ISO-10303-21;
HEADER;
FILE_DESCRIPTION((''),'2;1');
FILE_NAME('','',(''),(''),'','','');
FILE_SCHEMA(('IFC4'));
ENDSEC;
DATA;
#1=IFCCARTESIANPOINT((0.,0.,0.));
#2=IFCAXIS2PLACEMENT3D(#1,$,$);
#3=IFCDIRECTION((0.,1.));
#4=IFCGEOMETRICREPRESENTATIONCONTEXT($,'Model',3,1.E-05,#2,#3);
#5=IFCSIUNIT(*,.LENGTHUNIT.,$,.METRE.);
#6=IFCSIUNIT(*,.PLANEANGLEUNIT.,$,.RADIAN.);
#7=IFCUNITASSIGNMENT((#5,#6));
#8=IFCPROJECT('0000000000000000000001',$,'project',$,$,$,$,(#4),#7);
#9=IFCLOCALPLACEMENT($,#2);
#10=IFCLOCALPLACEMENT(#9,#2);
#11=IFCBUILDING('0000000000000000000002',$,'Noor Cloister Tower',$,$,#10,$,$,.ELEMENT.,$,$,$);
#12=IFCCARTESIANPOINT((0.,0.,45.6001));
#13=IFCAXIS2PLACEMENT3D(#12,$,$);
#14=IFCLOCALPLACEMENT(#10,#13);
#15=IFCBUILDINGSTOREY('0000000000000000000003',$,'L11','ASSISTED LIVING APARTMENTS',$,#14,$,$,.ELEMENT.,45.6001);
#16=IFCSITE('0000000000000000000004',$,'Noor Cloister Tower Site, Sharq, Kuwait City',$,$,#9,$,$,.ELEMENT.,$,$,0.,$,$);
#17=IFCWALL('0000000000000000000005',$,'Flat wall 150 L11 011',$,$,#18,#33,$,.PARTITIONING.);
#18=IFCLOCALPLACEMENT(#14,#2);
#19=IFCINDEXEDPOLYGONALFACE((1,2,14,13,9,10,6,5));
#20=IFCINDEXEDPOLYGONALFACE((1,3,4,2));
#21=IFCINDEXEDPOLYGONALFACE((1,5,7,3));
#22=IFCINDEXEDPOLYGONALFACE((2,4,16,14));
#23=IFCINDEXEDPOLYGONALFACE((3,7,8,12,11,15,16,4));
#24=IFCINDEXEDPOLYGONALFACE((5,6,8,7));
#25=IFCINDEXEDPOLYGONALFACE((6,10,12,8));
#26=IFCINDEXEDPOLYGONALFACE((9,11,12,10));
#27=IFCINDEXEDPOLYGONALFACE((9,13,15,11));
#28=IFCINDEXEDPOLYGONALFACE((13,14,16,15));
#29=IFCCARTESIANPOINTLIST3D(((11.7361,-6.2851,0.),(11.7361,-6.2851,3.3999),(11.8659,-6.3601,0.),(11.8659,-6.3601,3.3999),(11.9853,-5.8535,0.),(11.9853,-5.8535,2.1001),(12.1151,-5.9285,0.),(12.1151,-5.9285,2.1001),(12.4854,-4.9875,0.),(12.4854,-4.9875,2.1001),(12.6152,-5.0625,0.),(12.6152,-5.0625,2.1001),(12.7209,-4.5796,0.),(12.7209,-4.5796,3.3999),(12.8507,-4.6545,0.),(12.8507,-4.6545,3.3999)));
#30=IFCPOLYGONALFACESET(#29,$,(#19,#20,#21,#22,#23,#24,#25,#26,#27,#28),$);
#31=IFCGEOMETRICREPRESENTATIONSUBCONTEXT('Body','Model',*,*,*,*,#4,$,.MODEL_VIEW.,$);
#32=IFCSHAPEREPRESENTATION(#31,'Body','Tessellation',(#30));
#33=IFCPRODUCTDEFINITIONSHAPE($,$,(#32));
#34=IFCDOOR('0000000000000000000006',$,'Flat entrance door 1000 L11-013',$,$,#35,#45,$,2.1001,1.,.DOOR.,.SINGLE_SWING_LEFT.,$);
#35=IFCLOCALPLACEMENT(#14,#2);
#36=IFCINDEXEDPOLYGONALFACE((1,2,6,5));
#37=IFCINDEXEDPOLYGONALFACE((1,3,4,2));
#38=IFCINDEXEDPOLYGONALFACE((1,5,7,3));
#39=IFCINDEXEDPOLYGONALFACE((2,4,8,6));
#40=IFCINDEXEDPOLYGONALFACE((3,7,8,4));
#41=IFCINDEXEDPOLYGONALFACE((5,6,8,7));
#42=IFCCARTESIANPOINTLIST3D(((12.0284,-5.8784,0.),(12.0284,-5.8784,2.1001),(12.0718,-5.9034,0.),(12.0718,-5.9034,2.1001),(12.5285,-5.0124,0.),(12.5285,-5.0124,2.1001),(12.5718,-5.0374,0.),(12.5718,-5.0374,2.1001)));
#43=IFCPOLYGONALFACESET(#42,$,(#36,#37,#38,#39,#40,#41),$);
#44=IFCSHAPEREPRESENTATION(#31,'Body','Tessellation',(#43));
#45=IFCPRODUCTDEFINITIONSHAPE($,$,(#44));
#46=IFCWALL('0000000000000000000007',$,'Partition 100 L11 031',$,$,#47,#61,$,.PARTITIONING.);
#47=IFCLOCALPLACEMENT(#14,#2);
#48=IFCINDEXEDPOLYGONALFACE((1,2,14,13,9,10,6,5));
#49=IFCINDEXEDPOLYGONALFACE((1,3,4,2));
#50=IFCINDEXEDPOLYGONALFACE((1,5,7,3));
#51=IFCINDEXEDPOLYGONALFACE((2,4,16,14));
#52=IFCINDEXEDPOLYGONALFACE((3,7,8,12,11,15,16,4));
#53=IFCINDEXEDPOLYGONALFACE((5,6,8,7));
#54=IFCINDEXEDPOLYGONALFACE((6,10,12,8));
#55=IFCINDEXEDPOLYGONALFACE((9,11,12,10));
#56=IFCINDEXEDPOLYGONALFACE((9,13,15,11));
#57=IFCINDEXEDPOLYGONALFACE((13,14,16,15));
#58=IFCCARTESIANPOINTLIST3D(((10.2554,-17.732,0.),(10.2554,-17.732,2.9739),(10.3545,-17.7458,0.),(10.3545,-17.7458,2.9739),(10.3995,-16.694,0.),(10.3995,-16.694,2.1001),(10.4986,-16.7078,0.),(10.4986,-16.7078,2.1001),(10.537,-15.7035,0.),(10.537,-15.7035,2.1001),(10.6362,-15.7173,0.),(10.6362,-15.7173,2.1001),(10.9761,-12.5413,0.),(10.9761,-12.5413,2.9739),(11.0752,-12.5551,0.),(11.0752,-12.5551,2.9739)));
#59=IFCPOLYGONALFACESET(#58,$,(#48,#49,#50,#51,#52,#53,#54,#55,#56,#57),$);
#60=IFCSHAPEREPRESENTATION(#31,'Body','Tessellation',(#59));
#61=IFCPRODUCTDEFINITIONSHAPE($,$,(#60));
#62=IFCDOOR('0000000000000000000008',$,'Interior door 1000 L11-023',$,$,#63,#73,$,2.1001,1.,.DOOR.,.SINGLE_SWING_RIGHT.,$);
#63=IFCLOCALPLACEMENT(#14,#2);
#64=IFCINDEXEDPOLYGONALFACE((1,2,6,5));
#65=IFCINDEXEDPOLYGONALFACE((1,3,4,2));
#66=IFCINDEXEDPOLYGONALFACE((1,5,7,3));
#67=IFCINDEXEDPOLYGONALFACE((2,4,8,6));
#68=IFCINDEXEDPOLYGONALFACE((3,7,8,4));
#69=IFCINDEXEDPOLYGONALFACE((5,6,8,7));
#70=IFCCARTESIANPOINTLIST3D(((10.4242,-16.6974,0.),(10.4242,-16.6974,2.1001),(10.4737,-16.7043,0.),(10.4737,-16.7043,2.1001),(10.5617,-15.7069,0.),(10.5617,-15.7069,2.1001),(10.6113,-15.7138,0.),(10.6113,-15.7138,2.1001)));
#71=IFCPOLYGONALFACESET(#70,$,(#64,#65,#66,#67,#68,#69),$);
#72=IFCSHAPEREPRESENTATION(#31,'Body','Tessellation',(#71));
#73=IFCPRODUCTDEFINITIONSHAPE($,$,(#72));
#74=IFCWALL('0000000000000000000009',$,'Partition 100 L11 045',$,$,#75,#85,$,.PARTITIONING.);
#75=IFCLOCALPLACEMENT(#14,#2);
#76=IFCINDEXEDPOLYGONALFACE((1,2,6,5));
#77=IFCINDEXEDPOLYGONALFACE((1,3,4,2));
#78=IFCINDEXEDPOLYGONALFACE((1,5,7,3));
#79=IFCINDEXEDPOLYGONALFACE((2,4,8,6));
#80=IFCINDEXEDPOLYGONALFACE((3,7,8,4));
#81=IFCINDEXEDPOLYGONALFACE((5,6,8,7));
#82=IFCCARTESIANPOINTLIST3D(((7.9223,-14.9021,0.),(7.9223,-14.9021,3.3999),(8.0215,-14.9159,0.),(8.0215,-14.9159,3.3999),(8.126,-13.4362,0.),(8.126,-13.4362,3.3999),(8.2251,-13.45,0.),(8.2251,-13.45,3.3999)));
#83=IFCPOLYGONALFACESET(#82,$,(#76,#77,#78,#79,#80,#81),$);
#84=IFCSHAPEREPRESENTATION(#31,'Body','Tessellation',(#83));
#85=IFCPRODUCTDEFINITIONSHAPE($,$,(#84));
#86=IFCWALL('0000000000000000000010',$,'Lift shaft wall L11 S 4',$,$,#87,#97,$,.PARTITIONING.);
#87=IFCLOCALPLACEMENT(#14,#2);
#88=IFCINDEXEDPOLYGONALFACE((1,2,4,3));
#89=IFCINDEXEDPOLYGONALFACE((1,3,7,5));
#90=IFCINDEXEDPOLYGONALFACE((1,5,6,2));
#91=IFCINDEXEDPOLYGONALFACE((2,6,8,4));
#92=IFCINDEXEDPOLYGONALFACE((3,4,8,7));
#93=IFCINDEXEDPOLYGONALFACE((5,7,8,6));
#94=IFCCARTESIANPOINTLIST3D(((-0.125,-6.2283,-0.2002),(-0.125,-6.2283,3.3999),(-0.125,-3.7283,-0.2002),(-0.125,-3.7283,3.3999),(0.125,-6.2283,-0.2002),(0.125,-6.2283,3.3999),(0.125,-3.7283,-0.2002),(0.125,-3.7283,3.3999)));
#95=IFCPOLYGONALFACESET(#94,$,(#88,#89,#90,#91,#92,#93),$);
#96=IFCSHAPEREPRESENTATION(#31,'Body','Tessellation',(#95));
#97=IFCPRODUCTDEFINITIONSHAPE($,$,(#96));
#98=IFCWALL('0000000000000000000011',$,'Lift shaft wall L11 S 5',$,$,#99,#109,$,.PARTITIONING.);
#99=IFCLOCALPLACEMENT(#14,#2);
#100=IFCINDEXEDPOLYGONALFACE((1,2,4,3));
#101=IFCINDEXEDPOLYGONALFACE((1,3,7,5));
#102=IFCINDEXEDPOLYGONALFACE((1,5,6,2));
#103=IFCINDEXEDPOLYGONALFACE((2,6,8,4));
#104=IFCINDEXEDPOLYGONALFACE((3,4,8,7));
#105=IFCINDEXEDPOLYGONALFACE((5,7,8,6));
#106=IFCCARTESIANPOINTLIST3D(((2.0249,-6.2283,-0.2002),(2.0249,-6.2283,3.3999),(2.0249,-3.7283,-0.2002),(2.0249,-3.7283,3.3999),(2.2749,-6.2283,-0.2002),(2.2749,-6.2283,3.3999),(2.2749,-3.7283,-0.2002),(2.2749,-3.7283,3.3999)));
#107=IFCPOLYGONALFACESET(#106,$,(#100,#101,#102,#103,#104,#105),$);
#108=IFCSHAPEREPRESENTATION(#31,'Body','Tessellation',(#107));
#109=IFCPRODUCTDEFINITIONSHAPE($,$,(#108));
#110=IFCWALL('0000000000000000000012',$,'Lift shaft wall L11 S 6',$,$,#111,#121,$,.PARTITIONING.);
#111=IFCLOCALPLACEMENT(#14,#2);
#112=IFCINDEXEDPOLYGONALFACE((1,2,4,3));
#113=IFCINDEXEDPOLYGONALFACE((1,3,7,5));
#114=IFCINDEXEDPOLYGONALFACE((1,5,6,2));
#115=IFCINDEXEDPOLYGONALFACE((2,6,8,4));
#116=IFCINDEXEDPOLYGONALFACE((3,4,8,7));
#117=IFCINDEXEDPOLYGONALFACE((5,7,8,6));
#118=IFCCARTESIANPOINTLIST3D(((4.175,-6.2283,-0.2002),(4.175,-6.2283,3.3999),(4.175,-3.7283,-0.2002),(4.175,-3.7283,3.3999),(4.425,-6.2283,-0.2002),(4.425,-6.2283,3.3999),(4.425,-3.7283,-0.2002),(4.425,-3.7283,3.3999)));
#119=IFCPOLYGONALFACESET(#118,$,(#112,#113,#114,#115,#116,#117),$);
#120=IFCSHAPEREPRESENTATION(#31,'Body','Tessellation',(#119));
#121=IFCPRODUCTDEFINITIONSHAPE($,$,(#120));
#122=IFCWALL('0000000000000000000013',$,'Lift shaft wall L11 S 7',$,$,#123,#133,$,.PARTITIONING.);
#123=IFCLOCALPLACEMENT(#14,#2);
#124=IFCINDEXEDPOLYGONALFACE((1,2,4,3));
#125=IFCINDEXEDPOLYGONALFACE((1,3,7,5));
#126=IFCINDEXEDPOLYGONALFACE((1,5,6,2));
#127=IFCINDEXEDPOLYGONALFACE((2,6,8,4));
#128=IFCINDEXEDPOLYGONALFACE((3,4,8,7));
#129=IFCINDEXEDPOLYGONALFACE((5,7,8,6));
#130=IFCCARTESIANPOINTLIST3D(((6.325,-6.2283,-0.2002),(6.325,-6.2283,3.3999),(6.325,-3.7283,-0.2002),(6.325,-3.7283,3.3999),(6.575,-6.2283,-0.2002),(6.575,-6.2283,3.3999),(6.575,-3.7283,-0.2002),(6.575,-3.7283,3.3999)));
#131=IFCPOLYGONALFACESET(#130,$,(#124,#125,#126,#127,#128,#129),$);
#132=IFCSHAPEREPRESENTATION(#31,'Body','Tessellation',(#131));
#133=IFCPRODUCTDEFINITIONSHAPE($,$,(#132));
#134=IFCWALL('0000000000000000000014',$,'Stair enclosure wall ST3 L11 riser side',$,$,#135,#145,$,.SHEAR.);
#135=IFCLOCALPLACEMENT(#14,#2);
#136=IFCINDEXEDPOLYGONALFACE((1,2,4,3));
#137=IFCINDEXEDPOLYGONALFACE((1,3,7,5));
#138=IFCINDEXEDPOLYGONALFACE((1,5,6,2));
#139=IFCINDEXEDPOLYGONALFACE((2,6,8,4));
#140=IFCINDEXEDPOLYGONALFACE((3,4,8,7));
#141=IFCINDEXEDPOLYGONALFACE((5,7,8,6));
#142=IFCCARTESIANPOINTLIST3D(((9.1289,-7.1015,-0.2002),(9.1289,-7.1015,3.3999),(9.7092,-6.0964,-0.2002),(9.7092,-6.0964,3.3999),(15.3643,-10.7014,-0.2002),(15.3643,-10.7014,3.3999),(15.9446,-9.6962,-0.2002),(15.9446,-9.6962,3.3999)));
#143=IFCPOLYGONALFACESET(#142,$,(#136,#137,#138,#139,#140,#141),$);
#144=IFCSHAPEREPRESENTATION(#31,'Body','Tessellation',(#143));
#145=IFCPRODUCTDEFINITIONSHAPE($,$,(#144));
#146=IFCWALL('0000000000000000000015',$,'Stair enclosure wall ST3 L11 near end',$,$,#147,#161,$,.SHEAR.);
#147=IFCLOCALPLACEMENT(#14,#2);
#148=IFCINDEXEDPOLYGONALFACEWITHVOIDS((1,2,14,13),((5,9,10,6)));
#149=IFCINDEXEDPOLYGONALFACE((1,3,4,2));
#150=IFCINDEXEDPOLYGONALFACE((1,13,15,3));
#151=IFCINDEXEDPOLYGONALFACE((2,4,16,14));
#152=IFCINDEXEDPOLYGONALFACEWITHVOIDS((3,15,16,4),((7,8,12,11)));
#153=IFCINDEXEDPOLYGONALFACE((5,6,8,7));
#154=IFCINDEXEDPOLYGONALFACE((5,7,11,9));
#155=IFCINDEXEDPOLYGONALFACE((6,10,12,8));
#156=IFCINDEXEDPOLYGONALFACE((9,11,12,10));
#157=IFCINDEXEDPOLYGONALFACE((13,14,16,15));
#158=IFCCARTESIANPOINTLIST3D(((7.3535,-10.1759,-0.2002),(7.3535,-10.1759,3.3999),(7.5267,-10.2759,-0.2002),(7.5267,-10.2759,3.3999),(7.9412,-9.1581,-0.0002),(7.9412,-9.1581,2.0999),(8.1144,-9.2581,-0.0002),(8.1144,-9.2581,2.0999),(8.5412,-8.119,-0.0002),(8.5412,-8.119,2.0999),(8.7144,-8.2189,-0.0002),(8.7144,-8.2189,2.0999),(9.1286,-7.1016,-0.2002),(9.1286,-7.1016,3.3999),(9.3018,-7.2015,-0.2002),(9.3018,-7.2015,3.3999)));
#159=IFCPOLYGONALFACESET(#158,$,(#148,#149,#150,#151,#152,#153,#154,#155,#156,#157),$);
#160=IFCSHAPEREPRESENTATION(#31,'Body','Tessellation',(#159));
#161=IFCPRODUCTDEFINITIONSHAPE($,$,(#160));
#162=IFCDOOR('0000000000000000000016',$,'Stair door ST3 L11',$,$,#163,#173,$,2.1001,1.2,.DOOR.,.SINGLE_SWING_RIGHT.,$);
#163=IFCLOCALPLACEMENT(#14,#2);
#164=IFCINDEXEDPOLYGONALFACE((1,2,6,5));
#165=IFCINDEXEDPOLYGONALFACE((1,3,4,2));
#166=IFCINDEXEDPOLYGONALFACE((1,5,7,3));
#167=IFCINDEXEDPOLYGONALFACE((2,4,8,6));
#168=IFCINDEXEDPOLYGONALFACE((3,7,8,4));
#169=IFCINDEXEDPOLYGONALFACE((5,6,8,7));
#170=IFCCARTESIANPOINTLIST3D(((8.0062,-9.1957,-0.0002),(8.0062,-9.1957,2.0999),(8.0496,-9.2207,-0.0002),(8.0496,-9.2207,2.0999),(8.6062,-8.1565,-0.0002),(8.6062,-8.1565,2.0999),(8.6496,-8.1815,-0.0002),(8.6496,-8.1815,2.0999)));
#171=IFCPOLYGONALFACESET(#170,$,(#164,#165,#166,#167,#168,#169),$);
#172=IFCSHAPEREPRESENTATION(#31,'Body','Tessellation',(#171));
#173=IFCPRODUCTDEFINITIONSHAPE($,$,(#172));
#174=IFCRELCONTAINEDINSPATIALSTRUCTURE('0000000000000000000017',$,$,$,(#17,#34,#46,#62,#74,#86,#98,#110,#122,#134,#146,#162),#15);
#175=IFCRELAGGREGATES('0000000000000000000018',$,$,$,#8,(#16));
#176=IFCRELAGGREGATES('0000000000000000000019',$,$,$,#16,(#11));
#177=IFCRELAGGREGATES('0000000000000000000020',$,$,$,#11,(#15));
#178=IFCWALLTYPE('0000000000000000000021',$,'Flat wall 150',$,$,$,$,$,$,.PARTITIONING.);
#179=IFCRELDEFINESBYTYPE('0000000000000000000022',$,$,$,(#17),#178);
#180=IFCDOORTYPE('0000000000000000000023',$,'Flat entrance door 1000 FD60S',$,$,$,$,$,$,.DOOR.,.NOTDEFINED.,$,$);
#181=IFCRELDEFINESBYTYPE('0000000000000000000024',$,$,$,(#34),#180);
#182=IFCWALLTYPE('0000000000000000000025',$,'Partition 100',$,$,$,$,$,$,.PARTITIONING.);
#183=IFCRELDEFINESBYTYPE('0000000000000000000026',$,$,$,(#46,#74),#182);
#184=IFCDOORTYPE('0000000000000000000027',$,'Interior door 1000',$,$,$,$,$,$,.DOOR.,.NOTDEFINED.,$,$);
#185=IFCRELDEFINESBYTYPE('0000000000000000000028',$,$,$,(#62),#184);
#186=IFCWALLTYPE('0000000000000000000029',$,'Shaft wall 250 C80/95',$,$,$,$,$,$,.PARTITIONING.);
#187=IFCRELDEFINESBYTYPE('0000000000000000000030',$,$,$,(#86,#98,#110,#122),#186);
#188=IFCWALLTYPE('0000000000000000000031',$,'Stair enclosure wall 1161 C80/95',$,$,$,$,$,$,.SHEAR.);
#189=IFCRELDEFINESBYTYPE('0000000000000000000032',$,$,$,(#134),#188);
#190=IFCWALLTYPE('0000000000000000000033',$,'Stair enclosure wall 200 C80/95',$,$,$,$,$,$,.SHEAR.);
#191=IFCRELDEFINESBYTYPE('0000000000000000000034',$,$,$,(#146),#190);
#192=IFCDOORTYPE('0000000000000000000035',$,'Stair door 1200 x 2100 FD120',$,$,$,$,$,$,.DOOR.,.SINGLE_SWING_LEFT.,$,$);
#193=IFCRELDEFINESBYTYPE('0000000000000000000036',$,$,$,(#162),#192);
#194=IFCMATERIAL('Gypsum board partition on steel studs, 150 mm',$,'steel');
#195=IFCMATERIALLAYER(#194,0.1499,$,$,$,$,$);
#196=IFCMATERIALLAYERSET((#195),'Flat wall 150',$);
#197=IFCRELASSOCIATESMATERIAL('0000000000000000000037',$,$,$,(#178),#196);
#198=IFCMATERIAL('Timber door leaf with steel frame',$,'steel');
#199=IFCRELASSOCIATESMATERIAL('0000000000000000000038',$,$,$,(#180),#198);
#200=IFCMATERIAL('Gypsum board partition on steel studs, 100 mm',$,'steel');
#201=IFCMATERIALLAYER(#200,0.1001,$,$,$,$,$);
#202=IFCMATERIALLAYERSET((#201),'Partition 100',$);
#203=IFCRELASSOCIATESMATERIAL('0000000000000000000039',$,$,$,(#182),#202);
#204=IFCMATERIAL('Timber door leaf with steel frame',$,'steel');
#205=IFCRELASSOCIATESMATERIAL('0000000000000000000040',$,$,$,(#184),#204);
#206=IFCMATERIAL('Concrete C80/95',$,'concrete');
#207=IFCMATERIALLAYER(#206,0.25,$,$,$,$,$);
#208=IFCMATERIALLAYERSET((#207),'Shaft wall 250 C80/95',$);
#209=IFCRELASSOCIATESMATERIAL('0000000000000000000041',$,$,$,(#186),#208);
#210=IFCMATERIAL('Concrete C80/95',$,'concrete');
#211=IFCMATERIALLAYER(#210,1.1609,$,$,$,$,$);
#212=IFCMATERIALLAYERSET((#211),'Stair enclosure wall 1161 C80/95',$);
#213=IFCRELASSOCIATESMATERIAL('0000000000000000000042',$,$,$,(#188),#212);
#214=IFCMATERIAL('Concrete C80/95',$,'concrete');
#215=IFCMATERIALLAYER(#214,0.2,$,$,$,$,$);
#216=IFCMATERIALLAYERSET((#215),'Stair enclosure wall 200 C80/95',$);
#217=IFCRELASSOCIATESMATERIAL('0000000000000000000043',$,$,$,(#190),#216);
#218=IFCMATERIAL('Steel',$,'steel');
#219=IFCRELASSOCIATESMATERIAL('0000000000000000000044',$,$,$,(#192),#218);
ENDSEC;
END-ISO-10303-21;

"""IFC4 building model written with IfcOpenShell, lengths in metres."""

from ifc_helpers import new_model, si_unit, direction, frame, frame_2d, origin, place, context, subcontext, project, spatial, rectangle, extrude, material, layer, layer_set, type_object, element, fill, save


model = new_model("IFC4")

# Units and contexts
model_context = context("Model", 3, precision=1e-05, world=origin(), true_north=direction((0.0, 1.0)))
body_context = subcontext(model_context, "Body", "Model", "MODEL_VIEW")
ifc_project = project(units=[si_unit("LENGTHUNIT", "METRE"), si_unit("PLANEANGLEUNIT", "RADIAN")], contexts=[model_context])

# Site, building, storey
site_placement = place(None, origin())
site = spatial("IfcSite", under=ifc_project, at=site_placement, Name="Noor Cloister Tower Site, Sharq, Kuwait City", CompositionType="ELEMENT", RefElevation=0.0)
building_placement = place(site_placement, origin())
building = spatial("IfcBuilding", under=site, at=building_placement, Name="Noor Cloister Tower", CompositionType="ELEMENT")
storey_placement = place(building_placement, frame((0.0, 0.0, 45.6001)))
storey = spatial("IfcBuildingStorey", under=building, at=storey_placement, Name="L11", Description="ASSISTED LIVING APARTMENTS", CompositionType="ELEMENT", Elevation=45.6001)

# Shared definitions
ifc_material_1 = material(Name="Gypsum board partition on steel studs, 150 mm", Category="steel")
ifc_layer_1 = layer(ifc_material_1, 0.1499)
ifc_layer_set_1 = layer_set([ifc_layer_1], Name="Flat wall 150")
wall_type_1 = type_object("IfcWallType", Name="Flat wall 150", PredefinedType="PARTITIONING", material=ifc_layer_set_1)
ifc_material_2 = material(Name="Timber door leaf with steel frame", Category="steel")
door_type_1 = type_object("IfcDoorType", Name="Flat entrance door 1000 FD60S", OperationType="NOTDEFINED", PredefinedType="DOOR", material=ifc_material_2)

# Walls, openings, doors
wall_1_placement = place(storey_placement, frame((12.7859, -4.6169, 0.0), z_axis=(0.0, 0.0, 1.0), x_axis=(-0.500059, -0.865992, 0.0)))
wall_1 = element("IfcWall", 1, at=wall_1_placement, inside=storey, type_object=wall_type_1, Name="Flat wall 150 L11 011", PredefinedType="PARTITIONING", context=body_context, shape_type="SweptSolid", body=[
    extrude(rectangle(XDim=1.9695, YDim=0.1499, at=frame_2d((0.9849, 0.0))), origin(), (0.0, 0.0, 1.0), 3.3999),
])
opening_1_placement = place(wall_1_placement, frame((0.4712, 0.0, 0.0)))
opening_1 = element("IfcOpeningElement", 2, at=opening_1_placement, cuts=wall_1, PredefinedType="OPENING", context=body_context, shape_type="SweptSolid", body=[
    extrude(rectangle(XDim=1.0, YDim=2.1001, at=frame_2d((0.5, 1.05))), frame((0.0, 0.085, 0.0), z_axis=(0.0, -1.0, 0.0), x_axis=(1.0, 0.0, 0.0)), (0.0, 0.0, 1.0), 0.1699),
])
door_1_placement = place(opening_1_placement, origin())
door_1 = element("IfcDoor", 3, at=door_1_placement, inside=storey, type_object=door_type_1, Name="Flat entrance door 1000 L11-013", OperationType="SINGLE_SWING_LEFT", OverallHeight=2.1001, OverallWidth=1.0, PredefinedType="DOOR", context=body_context, shape_type="SweptSolid", body=[
    extrude(rectangle(XDim=1.0, YDim=2.1001, at=frame_2d((0.5, 1.05))), frame((0.0, 0.0249, 0.0), z_axis=(0.0, -1.0, 0.0), x_axis=(1.0, 0.0, 0.0)), (0.0, 0.0, 1.0), 0.05),
])
fill(opening_1, door_1)
ifc_material_3 = material(Name="Gypsum board partition on steel studs, 100 mm", Category="steel")
ifc_layer_2 = layer(ifc_material_3, 0.1001)
ifc_layer_set_2 = layer_set([ifc_layer_2], Name="Partition 100")
wall_type_2 = type_object("IfcWallType", Name="Partition 100", PredefinedType="PARTITIONING", material=ifc_layer_set_2)
wall_2_placement = place(storey_placement, frame((11.0256, -12.5483, 0.0), z_axis=(0.0, 0.0, 1.0), x_axis=(-0.137526, -0.990498, 0.0)))
wall_2 = element("IfcWall", 4, at=wall_2_placement, inside=storey, type_object=wall_type_2, Name="Partition 100 L11 031", PredefinedType="PARTITIONING", context=body_context, shape_type="SweptSolid", body=[
    extrude(rectangle(XDim=5.2405, YDim=0.1001, at=frame_2d((2.6201, 0.0))), origin(), (0.0, 0.0, 1.0), 2.9739),
])
opening_2_placement = place(wall_2_placement, frame((3.1924, 0.0, 0.0)))
opening_2 = element("IfcOpeningElement", 5, at=opening_2_placement, cuts=wall_2, PredefinedType="OPENING", context=body_context, shape_type="SweptSolid", body=[
    extrude(rectangle(XDim=1.0, YDim=2.1001, at=frame_2d((0.5, 1.05))), frame((0.0, 0.0601, 0.0), z_axis=(0.0, -1.0, 0.0), x_axis=(1.0, 0.0, 0.0)), (0.0, 0.0, 1.0), 0.1201),
])
ifc_material_4 = material(Name="Timber door leaf with steel frame", Category="steel")
door_type_2 = type_object("IfcDoorType", Name="Interior door 1000", OperationType="NOTDEFINED", PredefinedType="DOOR", material=ifc_material_4)
door_2_placement = place(opening_2_placement, origin())
door_2 = element("IfcDoor", 6, at=door_2_placement, inside=storey, type_object=door_type_2, Name="Interior door 1000 L11-023", OperationType="SINGLE_SWING_RIGHT", OverallHeight=2.1001, OverallWidth=1.0, PredefinedType="DOOR", context=body_context, shape_type="SweptSolid", body=[
    extrude(rectangle(XDim=1.0, YDim=2.1001, at=frame_2d((0.5, 1.05))), frame((0.0, 0.0249, 0.0), z_axis=(0.0, -1.0, 0.0), x_axis=(1.0, 0.0, 0.0)), (0.0, 0.0, 1.0), 0.05),
])
fill(opening_2, door_2)

# Walls
wall_3_placement = place(storey_placement, frame((8.1755, -13.4431, 0.0), z_axis=(0.0, 0.0, 1.0), x_axis=(-0.137586, -0.99049, 0.0)))
element("IfcWall", 7, at=wall_3_placement, inside=storey, type_object=wall_type_2, Name="Partition 100 L11 045", PredefinedType="PARTITIONING", context=body_context, shape_type="SweptSolid", body=[
    extrude(rectangle(XDim=1.48, YDim=0.1001, at=frame_2d((0.74, 0.0))), origin(), (0.0, 0.0, 1.0), 3.3999),
])
ifc_material_5 = material(Name="Concrete C80/95", Category="concrete")
ifc_layer_3 = layer(ifc_material_5, 0.25)
ifc_layer_set_3 = layer_set([ifc_layer_3], Name="Shaft wall 250 C80/95")
wall_type_3 = type_object("IfcWallType", Name="Shaft wall 250 C80/95", PredefinedType="PARTITIONING", material=ifc_layer_set_3)
for number, where, z_axis, x_axis, name in (
    (8, (0.0, -6.2283, -0.2002), (0.0, 0.0, 1.0), (0.0, 1.0, 0.0), "Lift shaft wall L11 S 4"),
    (9, (2.1499, -6.2283, -0.2002), (0.0, 0.0, 1.0), (0.0, 1.0, 0.0), "Lift shaft wall L11 S 5"),
    (10, (4.3, -6.2283, -0.2002), (0.0, 0.0, 1.0), (0.0, 1.0, 0.0), "Lift shaft wall L11 S 6"),
    (11, (6.45, -6.2283, -0.2002), (0.0, 0.0, 1.0), (0.0, 1.0, 0.0), "Lift shaft wall L11 S 7"),
):
    element("IfcWall", number, at=place(storey_placement, frame(where, z_axis=z_axis, x_axis=x_axis)), inside=storey, type_object=wall_type_3, Name=name, PredefinedType="PARTITIONING", context=body_context, shape_type="SweptSolid", body=[
        extrude(rectangle(XDim=2.5, YDim=0.25, at=frame_2d((1.25, 0.0))), origin(), (0.0, 0.0, 1.0), 3.6001),
    ])
ifc_material_6 = material(Name="Concrete C80/95", Category="concrete")
ifc_layer_4 = layer(ifc_material_6, 1.1609)
ifc_layer_set_4 = layer_set([ifc_layer_4], Name="Stair enclosure wall 1161 C80/95")
wall_type_4 = type_object("IfcWallType", Name="Stair enclosure wall 1161 C80/95", PredefinedType="SHEAR", material=ifc_layer_set_4)
wall_4_placement = place(storey_placement, frame((9.4189, -6.5989, -0.2002), z_axis=(0.0, 0.0, 1.0), x_axis=(0.866033, -0.499987, 0.0)))
element("IfcWall", 12, at=wall_4_placement, inside=storey, type_object=wall_type_4, Name="Stair enclosure wall ST3 L11 riser side", PredefinedType="SHEAR", context=body_context, shape_type="SweptSolid", body=[
    extrude(rectangle(XDim=7.2, YDim=1.1606, at=frame_2d((3.6001, 0.0))), origin(), (0.0, 0.0, 1.0), 3.6001),
])

# Wall, opening, door
ifc_material_7 = material(Name="Concrete C80/95", Category="concrete")
ifc_layer_5 = layer(ifc_material_7, 0.2)
ifc_layer_set_5 = layer_set([ifc_layer_5], Name="Stair enclosure wall 200 C80/95")
wall_type_5 = type_object("IfcWallType", Name="Stair enclosure wall 200 C80/95", PredefinedType="SHEAR", material=ifc_layer_set_5)
wall_5_placement = place(storey_placement, frame((7.4402, -10.2258, -0.2002), z_axis=(0.0, 0.0, 1.0), x_axis=(0.500022, 0.866013, 0.0)))
wall_5 = element("IfcWall", 13, at=wall_5_placement, inside=storey, type_object=wall_type_5, Name="Stair enclosure wall ST3 L11 near end", PredefinedType="SHEAR", context=body_context, shape_type="SweptSolid", body=[
    extrude(rectangle(XDim=3.55, YDim=0.2, at=frame_2d((1.7749, 0.0))), origin(), (0.0, 0.0, 1.0), 3.6001),
])
opening_3_placement = place(wall_5_placement, frame((1.175, 0.0, 0.2)))
opening_3 = element("IfcOpeningElement", 14, at=opening_3_placement, cuts=wall_5, PredefinedType="OPENING", context=body_context, shape_type="SweptSolid", body=[
    extrude(rectangle(XDim=1.2, YDim=2.1001, at=frame_2d((0.6001, 1.05))), frame((0.0, 0.1099, 0.0), z_axis=(0.0, -1.0, 0.0), x_axis=(1.0, 0.0, 0.0)), (0.0, 0.0, 1.0), 0.22),
])
ifc_material_8 = material(Name="Steel", Category="steel")
door_type_3 = type_object("IfcDoorType", Name="Stair door 1200 x 2100 FD120", OperationType="SINGLE_SWING_LEFT", PredefinedType="DOOR", material=ifc_material_8)
door_3_placement = place(opening_3_placement, origin())
door_3 = element("IfcDoor", 15, at=door_3_placement, inside=storey, type_object=door_type_3, Name="Stair door ST3 L11", OperationType="SINGLE_SWING_RIGHT", OverallHeight=2.1001, OverallWidth=1.2, PredefinedType="DOOR", context=body_context, shape_type="SweptSolid", body=[
    extrude(rectangle(XDim=1.2, YDim=2.1001, at=frame_2d((0.6001, 1.05))), frame((0.0, 0.0249, 0.0), z_axis=(0.0, -1.0, 0.0), x_axis=(1.0, 0.0, 0.0)), (0.0, 0.0, 1.0), 0.05),
])
fill(opening_3, door_3)

save(model, "model.ifc")
